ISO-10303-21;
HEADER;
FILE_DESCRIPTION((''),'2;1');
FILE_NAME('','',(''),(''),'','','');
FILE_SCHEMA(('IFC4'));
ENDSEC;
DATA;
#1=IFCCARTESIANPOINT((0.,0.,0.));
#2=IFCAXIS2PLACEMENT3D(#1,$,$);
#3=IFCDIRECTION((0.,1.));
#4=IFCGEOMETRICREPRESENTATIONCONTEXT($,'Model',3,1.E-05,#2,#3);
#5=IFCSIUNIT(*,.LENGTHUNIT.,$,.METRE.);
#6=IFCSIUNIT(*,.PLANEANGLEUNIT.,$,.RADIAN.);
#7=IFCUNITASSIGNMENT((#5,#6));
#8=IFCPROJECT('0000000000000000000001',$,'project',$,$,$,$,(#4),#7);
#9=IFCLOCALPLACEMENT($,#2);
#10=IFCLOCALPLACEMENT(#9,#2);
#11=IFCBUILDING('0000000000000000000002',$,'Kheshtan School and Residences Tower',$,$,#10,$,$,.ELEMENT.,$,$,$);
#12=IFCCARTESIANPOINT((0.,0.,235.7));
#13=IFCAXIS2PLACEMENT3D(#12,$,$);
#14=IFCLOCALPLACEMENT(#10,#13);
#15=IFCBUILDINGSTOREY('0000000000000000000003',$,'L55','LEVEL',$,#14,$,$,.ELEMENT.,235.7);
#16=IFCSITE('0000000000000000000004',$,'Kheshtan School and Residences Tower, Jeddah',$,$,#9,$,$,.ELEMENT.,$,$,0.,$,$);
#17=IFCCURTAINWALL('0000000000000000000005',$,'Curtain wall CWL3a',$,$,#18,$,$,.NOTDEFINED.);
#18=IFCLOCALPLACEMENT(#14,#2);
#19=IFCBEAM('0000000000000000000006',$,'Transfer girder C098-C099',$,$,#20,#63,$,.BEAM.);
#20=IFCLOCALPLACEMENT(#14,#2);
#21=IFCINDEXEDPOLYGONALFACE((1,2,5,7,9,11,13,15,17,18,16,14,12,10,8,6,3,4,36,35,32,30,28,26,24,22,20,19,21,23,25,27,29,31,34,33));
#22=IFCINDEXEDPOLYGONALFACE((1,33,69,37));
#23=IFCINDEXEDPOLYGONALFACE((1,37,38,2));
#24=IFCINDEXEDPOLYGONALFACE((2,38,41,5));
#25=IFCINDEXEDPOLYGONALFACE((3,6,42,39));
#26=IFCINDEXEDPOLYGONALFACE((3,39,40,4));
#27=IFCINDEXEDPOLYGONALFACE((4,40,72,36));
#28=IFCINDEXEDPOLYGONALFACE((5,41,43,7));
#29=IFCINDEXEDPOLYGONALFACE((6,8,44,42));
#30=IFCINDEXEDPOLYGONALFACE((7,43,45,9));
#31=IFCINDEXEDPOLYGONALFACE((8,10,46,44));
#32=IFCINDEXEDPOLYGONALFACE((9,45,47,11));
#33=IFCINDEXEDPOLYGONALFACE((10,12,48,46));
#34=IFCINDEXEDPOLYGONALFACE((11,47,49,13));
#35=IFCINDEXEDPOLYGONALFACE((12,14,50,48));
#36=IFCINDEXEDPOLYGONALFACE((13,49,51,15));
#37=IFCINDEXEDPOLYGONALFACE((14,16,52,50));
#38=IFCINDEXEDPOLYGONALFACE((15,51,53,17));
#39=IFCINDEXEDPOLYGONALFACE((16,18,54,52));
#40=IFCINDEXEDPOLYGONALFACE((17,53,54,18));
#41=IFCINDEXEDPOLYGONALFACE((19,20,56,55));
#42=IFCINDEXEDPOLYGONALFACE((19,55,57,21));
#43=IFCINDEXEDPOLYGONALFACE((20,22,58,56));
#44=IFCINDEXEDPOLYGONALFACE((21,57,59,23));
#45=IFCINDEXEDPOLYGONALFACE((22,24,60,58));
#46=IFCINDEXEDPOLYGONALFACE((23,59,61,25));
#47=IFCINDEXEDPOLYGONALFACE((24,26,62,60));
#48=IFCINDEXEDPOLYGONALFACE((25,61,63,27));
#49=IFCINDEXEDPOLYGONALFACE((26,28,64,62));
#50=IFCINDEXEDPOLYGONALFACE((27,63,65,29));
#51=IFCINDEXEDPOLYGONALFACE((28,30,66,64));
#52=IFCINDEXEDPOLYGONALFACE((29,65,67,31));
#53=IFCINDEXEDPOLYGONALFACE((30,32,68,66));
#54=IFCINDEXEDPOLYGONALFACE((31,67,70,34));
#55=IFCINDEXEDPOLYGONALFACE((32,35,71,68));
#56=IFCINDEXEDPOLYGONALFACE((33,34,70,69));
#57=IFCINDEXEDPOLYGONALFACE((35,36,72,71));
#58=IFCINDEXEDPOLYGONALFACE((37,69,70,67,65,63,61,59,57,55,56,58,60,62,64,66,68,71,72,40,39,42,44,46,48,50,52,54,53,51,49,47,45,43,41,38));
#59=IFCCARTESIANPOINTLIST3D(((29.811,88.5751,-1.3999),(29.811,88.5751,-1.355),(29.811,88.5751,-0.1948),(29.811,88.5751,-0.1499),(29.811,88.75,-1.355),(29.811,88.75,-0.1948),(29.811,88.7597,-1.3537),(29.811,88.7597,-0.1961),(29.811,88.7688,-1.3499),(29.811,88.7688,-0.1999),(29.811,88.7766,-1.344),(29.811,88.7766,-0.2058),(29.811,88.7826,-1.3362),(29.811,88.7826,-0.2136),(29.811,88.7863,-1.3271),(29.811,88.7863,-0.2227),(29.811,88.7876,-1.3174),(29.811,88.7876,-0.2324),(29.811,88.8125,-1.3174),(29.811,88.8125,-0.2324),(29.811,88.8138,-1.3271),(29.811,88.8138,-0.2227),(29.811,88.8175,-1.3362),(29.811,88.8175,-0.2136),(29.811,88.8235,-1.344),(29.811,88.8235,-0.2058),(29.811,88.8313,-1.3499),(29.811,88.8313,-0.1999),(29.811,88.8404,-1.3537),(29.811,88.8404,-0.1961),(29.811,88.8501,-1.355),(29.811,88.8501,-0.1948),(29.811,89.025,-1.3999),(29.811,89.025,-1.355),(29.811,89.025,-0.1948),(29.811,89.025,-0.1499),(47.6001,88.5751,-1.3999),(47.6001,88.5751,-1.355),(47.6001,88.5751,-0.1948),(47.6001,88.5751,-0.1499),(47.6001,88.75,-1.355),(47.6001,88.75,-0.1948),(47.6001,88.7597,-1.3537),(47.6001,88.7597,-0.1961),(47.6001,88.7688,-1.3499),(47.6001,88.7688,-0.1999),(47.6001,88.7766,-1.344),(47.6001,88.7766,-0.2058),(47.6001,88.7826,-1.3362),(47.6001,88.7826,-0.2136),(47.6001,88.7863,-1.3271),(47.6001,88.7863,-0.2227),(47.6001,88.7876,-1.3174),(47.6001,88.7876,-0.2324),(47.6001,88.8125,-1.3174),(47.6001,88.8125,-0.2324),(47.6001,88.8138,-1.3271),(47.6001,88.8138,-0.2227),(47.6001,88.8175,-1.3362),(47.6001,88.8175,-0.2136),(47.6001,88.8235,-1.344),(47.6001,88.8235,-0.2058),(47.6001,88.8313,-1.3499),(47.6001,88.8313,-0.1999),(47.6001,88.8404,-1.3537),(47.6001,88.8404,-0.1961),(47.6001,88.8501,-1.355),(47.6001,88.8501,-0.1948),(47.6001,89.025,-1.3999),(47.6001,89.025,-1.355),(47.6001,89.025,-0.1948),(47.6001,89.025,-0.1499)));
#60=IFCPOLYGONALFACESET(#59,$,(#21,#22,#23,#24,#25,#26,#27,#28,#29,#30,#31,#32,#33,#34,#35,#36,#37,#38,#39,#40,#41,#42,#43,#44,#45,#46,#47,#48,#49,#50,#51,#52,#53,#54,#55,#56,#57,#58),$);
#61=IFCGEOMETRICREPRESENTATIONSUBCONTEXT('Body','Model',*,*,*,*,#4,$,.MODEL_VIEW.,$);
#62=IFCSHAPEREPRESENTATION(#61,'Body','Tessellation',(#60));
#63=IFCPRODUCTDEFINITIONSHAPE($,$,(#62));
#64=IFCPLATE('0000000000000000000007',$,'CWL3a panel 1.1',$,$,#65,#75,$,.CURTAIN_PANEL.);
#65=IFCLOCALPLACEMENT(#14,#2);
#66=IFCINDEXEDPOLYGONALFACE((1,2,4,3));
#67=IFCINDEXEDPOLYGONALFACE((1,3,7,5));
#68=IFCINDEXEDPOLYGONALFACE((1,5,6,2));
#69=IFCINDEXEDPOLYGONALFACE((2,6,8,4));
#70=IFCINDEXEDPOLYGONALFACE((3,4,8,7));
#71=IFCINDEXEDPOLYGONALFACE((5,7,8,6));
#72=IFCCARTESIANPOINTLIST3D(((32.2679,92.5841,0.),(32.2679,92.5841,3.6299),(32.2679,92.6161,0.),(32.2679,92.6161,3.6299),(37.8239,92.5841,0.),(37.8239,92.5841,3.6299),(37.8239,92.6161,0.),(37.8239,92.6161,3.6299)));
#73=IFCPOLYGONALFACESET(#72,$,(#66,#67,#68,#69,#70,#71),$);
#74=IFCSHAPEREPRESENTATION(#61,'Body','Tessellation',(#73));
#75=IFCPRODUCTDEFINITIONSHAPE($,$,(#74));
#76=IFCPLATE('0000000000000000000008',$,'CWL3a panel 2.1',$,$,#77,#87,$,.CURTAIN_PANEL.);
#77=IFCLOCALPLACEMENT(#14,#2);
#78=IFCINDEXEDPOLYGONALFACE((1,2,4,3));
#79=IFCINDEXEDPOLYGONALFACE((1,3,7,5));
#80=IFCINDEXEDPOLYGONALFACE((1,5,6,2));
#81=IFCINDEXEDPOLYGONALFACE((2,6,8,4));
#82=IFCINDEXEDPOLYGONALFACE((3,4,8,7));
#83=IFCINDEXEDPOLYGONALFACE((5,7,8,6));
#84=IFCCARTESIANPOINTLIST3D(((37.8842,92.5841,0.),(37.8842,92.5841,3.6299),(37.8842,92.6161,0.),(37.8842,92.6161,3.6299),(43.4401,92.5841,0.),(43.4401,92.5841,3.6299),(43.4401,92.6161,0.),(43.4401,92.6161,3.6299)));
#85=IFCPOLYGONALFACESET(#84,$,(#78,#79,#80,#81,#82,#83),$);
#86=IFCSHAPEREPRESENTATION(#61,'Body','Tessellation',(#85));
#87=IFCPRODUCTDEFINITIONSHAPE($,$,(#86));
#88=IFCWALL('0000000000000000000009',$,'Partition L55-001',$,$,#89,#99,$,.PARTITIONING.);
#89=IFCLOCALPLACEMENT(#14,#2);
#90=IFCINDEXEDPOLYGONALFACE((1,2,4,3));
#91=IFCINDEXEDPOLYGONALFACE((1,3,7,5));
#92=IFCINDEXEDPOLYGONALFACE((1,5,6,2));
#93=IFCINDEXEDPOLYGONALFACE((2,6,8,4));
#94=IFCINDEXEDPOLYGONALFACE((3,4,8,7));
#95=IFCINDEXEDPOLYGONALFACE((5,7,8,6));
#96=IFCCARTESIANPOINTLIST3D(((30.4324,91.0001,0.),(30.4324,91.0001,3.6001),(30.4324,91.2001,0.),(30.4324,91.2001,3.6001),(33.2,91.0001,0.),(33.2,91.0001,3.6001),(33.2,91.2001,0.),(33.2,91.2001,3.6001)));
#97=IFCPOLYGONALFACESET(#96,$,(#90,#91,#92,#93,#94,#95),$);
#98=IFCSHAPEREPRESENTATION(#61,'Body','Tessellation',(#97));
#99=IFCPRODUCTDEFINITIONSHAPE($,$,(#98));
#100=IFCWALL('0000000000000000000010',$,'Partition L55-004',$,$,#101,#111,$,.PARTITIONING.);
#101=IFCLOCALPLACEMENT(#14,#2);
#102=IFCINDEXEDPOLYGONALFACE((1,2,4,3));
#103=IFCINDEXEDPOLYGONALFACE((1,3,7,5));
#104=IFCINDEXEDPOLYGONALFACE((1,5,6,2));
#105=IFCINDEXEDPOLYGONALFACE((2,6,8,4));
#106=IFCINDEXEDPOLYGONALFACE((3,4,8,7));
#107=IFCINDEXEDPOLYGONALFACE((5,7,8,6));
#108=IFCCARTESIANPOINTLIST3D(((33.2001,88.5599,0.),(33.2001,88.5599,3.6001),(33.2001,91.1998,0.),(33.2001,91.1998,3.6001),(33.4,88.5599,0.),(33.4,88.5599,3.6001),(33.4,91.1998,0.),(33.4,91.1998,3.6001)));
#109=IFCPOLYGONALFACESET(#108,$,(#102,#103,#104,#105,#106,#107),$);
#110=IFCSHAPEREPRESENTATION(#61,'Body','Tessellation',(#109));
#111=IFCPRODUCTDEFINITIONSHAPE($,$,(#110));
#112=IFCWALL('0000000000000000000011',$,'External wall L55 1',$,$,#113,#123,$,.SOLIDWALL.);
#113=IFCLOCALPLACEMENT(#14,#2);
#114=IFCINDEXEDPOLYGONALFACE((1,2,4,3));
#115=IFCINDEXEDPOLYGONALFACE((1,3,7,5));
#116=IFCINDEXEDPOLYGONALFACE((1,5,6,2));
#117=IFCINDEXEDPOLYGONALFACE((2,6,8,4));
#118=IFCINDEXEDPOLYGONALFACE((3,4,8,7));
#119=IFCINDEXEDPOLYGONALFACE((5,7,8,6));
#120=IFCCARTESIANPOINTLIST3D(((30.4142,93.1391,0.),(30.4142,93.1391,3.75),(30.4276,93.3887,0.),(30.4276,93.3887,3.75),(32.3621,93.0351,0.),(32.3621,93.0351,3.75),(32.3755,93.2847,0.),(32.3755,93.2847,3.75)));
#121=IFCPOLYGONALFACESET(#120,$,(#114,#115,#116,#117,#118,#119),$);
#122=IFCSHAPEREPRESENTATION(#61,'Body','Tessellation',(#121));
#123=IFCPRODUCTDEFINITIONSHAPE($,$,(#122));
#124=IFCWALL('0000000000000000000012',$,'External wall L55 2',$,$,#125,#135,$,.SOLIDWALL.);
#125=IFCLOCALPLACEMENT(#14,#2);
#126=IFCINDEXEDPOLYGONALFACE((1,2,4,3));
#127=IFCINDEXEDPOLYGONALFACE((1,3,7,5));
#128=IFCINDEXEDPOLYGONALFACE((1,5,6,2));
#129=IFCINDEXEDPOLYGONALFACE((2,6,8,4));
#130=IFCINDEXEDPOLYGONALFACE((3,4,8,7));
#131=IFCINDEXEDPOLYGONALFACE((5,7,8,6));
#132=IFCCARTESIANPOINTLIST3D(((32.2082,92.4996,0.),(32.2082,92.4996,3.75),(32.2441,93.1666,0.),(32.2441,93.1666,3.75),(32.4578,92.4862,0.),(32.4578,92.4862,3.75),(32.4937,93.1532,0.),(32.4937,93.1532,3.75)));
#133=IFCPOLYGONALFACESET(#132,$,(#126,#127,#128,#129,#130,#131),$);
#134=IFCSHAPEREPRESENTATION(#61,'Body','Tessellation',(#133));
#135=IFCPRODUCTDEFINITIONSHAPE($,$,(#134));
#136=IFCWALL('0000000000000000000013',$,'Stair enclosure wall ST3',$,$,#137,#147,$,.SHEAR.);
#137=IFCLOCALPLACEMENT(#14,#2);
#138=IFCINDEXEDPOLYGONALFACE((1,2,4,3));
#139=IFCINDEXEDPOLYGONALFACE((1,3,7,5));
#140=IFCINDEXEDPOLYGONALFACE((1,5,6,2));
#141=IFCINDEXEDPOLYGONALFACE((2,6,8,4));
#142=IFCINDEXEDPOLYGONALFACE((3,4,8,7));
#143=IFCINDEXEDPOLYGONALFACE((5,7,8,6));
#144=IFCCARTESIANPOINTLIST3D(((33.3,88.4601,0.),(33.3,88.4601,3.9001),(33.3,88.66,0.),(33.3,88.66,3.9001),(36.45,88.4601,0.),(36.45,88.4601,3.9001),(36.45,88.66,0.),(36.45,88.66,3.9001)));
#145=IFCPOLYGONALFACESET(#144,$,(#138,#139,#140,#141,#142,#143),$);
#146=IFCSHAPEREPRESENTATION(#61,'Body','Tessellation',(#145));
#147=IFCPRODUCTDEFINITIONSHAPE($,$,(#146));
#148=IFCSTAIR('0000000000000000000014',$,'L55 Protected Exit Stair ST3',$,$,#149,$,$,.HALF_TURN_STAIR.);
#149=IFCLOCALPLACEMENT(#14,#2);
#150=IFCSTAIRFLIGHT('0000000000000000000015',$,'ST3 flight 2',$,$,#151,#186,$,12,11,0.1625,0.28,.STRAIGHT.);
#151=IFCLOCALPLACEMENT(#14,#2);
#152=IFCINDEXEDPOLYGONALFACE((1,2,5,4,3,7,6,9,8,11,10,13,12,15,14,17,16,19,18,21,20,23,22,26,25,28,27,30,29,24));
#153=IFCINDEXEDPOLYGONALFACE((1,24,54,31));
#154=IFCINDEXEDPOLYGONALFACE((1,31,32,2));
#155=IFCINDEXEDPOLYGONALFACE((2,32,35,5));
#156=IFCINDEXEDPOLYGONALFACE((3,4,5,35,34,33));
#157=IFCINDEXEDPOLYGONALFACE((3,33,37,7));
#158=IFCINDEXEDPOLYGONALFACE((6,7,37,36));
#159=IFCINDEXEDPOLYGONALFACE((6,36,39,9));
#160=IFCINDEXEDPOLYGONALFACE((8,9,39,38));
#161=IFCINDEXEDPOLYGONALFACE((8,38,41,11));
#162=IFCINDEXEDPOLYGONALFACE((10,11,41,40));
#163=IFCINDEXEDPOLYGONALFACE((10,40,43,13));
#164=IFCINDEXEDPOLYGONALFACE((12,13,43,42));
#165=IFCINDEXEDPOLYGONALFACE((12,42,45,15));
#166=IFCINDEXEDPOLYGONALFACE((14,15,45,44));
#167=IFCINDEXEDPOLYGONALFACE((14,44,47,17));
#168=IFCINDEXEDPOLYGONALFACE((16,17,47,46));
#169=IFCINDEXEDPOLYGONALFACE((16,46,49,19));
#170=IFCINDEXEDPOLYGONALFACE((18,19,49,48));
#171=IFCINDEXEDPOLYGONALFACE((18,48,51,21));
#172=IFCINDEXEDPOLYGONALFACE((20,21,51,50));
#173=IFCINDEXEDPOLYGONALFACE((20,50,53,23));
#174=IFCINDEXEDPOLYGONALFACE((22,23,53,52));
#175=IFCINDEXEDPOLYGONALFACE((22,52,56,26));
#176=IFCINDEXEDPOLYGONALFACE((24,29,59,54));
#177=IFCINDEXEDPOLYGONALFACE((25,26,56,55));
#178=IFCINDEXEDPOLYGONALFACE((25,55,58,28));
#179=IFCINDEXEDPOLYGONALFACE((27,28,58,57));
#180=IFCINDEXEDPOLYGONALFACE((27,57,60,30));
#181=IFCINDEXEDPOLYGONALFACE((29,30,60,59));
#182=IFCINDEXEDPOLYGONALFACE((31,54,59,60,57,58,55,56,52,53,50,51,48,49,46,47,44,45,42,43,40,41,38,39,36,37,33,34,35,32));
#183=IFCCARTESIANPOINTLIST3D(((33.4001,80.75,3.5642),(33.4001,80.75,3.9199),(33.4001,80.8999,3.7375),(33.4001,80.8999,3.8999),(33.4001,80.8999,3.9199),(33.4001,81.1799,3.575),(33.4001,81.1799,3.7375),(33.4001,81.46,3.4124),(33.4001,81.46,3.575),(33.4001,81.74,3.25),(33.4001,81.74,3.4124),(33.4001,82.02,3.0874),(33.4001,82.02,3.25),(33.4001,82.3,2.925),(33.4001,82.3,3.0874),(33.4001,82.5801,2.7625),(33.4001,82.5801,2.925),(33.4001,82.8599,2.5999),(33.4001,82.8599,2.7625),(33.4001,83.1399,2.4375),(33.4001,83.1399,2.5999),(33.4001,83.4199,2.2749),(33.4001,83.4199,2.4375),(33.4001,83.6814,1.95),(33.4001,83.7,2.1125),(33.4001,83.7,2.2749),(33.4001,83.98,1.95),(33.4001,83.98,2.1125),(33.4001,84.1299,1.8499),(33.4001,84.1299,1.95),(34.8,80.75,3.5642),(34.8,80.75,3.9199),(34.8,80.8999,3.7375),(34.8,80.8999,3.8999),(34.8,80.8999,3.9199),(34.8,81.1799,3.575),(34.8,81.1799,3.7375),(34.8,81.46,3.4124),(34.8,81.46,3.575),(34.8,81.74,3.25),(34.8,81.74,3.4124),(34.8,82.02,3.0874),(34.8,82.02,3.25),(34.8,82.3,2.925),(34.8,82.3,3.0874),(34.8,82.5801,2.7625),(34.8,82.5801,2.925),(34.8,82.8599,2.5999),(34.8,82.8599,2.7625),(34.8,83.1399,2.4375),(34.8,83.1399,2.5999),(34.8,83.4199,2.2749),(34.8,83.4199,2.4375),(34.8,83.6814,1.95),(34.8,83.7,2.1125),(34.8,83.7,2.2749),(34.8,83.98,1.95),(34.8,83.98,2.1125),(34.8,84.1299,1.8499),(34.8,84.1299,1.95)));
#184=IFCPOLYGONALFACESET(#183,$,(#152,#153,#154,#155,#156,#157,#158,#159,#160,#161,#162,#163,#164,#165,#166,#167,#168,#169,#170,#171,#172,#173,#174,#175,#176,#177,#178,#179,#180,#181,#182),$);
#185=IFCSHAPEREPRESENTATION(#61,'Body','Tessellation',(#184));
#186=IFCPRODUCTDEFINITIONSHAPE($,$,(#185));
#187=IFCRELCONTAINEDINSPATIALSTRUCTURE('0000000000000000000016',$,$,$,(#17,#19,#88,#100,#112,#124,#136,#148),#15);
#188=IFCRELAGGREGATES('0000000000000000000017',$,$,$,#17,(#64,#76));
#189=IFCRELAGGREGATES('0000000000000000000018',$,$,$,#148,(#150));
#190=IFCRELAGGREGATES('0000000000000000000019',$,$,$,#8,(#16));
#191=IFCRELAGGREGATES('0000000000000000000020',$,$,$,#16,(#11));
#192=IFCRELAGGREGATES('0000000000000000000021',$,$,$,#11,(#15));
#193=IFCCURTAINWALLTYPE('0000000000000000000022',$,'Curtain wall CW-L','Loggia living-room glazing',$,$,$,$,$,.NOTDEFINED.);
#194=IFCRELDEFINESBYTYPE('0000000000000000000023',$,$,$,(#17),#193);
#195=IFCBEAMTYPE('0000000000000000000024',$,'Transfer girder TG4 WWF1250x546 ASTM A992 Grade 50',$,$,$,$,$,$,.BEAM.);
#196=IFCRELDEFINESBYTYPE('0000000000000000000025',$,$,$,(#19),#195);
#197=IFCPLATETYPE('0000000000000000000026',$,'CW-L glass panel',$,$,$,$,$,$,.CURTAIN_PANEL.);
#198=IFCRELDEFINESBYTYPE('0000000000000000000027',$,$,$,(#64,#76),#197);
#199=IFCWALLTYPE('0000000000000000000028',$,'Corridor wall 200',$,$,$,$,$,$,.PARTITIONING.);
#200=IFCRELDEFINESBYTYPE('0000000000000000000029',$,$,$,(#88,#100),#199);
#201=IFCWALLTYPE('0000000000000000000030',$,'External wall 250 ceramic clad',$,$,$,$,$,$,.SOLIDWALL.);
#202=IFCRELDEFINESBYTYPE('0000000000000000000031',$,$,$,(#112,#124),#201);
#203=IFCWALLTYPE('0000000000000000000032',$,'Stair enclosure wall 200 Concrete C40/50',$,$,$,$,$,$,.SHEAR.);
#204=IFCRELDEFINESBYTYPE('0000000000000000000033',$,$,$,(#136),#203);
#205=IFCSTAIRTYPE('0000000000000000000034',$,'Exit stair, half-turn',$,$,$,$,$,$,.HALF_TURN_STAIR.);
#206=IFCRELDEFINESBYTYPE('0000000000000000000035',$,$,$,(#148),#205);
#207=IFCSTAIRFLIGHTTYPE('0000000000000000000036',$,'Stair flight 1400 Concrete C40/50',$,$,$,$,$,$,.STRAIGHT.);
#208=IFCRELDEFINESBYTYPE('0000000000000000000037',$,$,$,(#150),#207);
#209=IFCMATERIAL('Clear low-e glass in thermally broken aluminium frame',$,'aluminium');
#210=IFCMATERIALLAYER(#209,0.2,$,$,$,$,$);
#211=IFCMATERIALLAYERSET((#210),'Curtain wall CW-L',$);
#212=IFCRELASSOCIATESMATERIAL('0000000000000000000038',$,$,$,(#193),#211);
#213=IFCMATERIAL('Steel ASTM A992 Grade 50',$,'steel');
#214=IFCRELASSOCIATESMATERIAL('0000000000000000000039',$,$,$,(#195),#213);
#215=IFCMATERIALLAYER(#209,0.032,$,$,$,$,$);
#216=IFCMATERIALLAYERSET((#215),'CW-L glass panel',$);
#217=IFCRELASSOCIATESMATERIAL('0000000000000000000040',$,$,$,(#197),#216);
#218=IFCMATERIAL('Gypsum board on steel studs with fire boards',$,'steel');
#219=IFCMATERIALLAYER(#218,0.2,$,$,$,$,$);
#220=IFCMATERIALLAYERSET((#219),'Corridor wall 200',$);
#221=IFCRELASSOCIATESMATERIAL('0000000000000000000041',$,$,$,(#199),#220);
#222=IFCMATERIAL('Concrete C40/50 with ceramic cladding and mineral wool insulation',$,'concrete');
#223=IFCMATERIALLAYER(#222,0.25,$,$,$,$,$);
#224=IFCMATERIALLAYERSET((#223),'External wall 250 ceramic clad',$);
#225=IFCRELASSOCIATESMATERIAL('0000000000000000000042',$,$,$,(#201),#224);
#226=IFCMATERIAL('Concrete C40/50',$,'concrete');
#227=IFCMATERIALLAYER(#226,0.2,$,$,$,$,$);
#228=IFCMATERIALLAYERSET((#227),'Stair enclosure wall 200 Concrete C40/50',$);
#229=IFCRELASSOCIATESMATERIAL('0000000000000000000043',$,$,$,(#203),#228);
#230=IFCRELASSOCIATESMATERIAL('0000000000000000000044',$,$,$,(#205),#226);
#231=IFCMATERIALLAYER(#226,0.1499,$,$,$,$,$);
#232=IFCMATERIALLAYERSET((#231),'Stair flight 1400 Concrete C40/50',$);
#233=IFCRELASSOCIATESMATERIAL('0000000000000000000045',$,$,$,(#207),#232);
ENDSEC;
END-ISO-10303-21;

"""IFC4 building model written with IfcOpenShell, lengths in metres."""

from ifc_helpers import new_model, si_unit, direction, frame, frame_2d, origin, origin_2d, place, context, subcontext, project, spatial, polyline, rectangle, i_section, outline, extrude, material, layer, layer_set, material_profile, profile_set, type_object, element, aggregate, save


model = new_model("IFC4")

# Units and contexts
model_context = context("Model", 3, precision=1e-05, world=origin(), true_north=direction((0.0, 1.0)))
body_context = subcontext(model_context, "Body", "Model", "MODEL_VIEW")
ifc_project = project(units=[si_unit("LENGTHUNIT", "METRE"), si_unit("PLANEANGLEUNIT", "RADIAN")], contexts=[model_context])

# Site, building, storey
site_placement = place(None, origin())
site = spatial("IfcSite", under=ifc_project, at=site_placement, Name="Kheshtan School and Residences Tower, Jeddah", CompositionType="ELEMENT", RefElevation=0.0)
building_placement = place(site_placement, origin())
building = spatial("IfcBuilding", under=site, at=building_placement, Name="Kheshtan School and Residences Tower", CompositionType="ELEMENT")
storey_placement = place(building_placement, frame((0.0, 0.0, 235.7)))
storey = spatial("IfcBuildingStorey", under=building, at=storey_placement, Name="L55", Description="LEVEL", CompositionType="ELEMENT", Elevation=235.7)

# Shared definitions
ifc_material_1 = material(Name="Steel ASTM A992 Grade 50", Category="steel")

# Curtain wall
ifc_material_2 = material(Name="Clear low-e glass in thermally broken aluminium frame", Category="aluminium")
ifc_layer_1 = layer(ifc_material_2, 0.2)
ifc_layer_set_1 = layer_set([ifc_layer_1], Name="Curtain wall CW-L")
curtain_wall_type = type_object("IfcCurtainWallType", Name="Curtain wall CW-L", Description="Loggia living-room glazing", PredefinedType="NOTDEFINED", material=ifc_layer_set_1)
curtain_wall_placement = place(storey_placement, origin())
curtain_wall = element("IfcCurtainWall", 1, at=curtain_wall_placement, inside=storey, type_object=curtain_wall_type, Name="Curtain wall CWL3a", PredefinedType="NOTDEFINED")

# Beam
ifc_material_profile_1 = material_profile(ifc_material_1, i_section(OverallWidth=0.45, OverallDepth=1.25, WebThickness=0.0249, FlangeThickness=0.0449, FilletRadius=0.0376, at=origin_2d()), Name="WWF1250x546")
ifc_profile_set_1 = profile_set([ifc_material_profile_1], Name="Steel ASTM A992 Grade 50")
beam_type_1 = type_object("IfcBeamType", Name="Transfer girder TG4 WWF1250x546 ASTM A992 Grade 50", PredefinedType="BEAM", material=ifc_profile_set_1)
beam_1_placement = place(storey_placement, frame((29.811, 88.8, -0.7749), z_axis=(1.0, 0.0, 0.0), x_axis=(0.0, 1.0, 0.0)))
element("IfcBeam", 2, at=beam_1_placement, inside=storey, type_object=beam_type_1, Name="Transfer girder C098-C099", PredefinedType="BEAM", context=body_context, shape_type="SweptSolid", body=[
    extrude(i_section(OverallWidth=0.45, OverallDepth=1.25, WebThickness=0.0249, FlangeThickness=0.0449, FilletRadius=0.0376, at=origin_2d()), origin(), (0.0, 0.0, 1.0), 17.7891),
])

# Plates
ifc_layer_2 = layer(ifc_material_2, 0.032)
ifc_layer_set_2 = layer_set([ifc_layer_2], Name="CW-L glass panel")
plate_type = type_object("IfcPlateType", Name="CW-L glass panel", PredefinedType="CURTAIN_PANEL", material=ifc_layer_set_2)
plate_1_placement = place(storey_placement, frame((35.0459, 92.6001, 0.0), z_axis=(0.0, 0.0, 1.0), x_axis=(1.0, 0.0, 0.0)))
plate_1 = element("IfcPlate", 3, at=plate_1_placement, type_object=plate_type, Name="CWL3a panel 1.1", PredefinedType="CURTAIN_PANEL", context=body_context, shape_type="SweptSolid", body=[
    extrude(rectangle(XDim=5.5559, YDim=0.032, at=origin_2d()), origin(), (0.0, 0.0, 1.0), 3.6299),
])
plate_2_placement = place(storey_placement, frame((40.6621, 92.6001, 0.0), z_axis=(0.0, 0.0, 1.0), x_axis=(1.0, 0.0, 0.0)))
plate_2 = element("IfcPlate", 4, at=plate_2_placement, type_object=plate_type, Name="CWL3a panel 2.1", PredefinedType="CURTAIN_PANEL", context=body_context, shape_type="SweptSolid", body=[
    extrude(rectangle(XDim=5.5559, YDim=0.032, at=origin_2d()), origin(), (0.0, 0.0, 1.0), 3.6299),
])
aggregate(curtain_wall, [plate_1, plate_2])

# Walls
ifc_material_3 = material(Name="Gypsum board on steel studs with fire boards", Category="steel")
ifc_layer_3 = layer(ifc_material_3, 0.2)
ifc_layer_set_3 = layer_set([ifc_layer_3], Name="Corridor wall 200")
wall_type_1 = type_object("IfcWallType", Name="Corridor wall 200", PredefinedType="PARTITIONING", material=ifc_layer_set_3)
wall_1_placement = place(storey_placement, frame((30.4324, 91.1001, 0.0), z_axis=(0.0, 0.0, 1.0), x_axis=(1.0, 0.0, 0.0)))
element("IfcWall", 5, at=wall_1_placement, inside=storey, type_object=wall_type_1, Name="Partition L55-001", PredefinedType="PARTITIONING", context=body_context, shape_type="SweptSolid", body=[
    extrude(rectangle(XDim=2.7676, YDim=0.2, at=frame_2d((1.3838, 0.0))), origin(), (0.0, 0.0, 1.0), 3.6001),
])
wall_2_placement = place(storey_placement, frame((33.3, 88.5601, 0.0), z_axis=(0.0, 0.0, 1.0), x_axis=(0.0, 1.0, 0.0)))
element("IfcWall", 6, at=wall_2_placement, inside=storey, type_object=wall_type_1, Name="Partition L55-004", PredefinedType="PARTITIONING", context=body_context, shape_type="SweptSolid", body=[
    extrude(rectangle(XDim=2.6399, YDim=0.2, at=frame_2d((1.3198, 0.0))), origin(), (0.0, 0.0, 1.0), 3.6001),
])
ifc_material_4 = material(Name="Concrete C40/50 with ceramic cladding and mineral wool insulation", Category="concrete")
ifc_layer_4 = layer(ifc_material_4, 0.25)
ifc_layer_set_4 = layer_set([ifc_layer_4], Name="External wall 250 ceramic clad")
wall_type_2 = type_object("IfcWallType", Name="External wall 250 ceramic clad", PredefinedType="SOLIDWALL", material=ifc_layer_set_4)
wall_3_placement = place(storey_placement, frame((30.4209, 93.2639, 0.0), z_axis=(0.0, 0.0, 1.0), x_axis=(0.998578, -0.053314, 0.0)))
element("IfcWall", 7, at=wall_3_placement, inside=storey, type_object=wall_type_2, Name="External wall L55 1", PredefinedType="SOLIDWALL", context=body_context, shape_type="SweptSolid", body=[
    extrude(rectangle(XDim=1.9507, YDim=0.25, at=frame_2d((0.9753, 0.0))), origin(), (0.0, 0.0, 1.0), 3.75),
])
wall_4_placement = place(storey_placement, frame((32.3689, 93.1599, 0.0), z_axis=(0.0, 0.0, 1.0), x_axis=(-0.053729, -0.998556, 0.0)))
element("IfcWall", 8, at=wall_4_placement, inside=storey, type_object=wall_type_2, Name="External wall L55 2", PredefinedType="SOLIDWALL", context=body_context, shape_type="SweptSolid", body=[
    extrude(rectangle(XDim=0.668, YDim=0.25, at=frame_2d((0.334, 0.0))), origin(), (0.0, 0.0, 1.0), 3.75),
])

# Wall
ifc_material_5 = material(Name="Concrete C40/50", Category="concrete")
ifc_layer_5 = layer(ifc_material_5, 0.2)
ifc_layer_set_5 = layer_set([ifc_layer_5], Name="Stair enclosure wall 200 Concrete C40/50")
wall_type_3 = type_object("IfcWallType", Name="Stair enclosure wall 200 Concrete C40/50", PredefinedType="SHEAR", material=ifc_layer_set_5)
wall_5_placement = place(storey_placement, frame((33.3, 88.5601, 0.0), z_axis=(0.0, 0.0, 1.0), x_axis=(1.0, 0.0, 0.0)))
element("IfcWall", 9, at=wall_5_placement, inside=storey, type_object=wall_type_3, Name="Stair enclosure wall ST3", PredefinedType="SHEAR", context=body_context, shape_type="SweptSolid", body=[
    extrude(rectangle(XDim=3.1499, YDim=0.2, at=frame_2d((1.575, 0.0))), origin(), (0.0, 0.0, 1.0), 3.9001),
])

# Stair, stair flight
stair_type = type_object("IfcStairType", Name="Exit stair, half-turn", PredefinedType="HALF_TURN_STAIR", material=ifc_material_5)
stair_placement = place(storey_placement, origin())
stair = element("IfcStair", 10, at=stair_placement, inside=storey, type_object=stair_type, Name="L55 Protected Exit Stair ST3", PredefinedType="HALF_TURN_STAIR")
ifc_layer_6 = layer(ifc_material_5, 0.1499)
ifc_layer_set_6 = layer_set([ifc_layer_6], Name="Stair flight 1400 Concrete C40/50")
stair_flight_type = type_object("IfcStairFlightType", Name="Stair flight 1400 Concrete C40/50", PredefinedType="STRAIGHT", material=ifc_layer_set_6)
stair_flight_placement = place(storey_placement, frame((34.1001, 83.98, 1.95), z_axis=(0.0, 0.0, 1.0), x_axis=(0.0, -1.0, 0.0)))
stair_flight = element("IfcStairFlight", 11, at=stair_flight_placement, type_object=stair_flight_type, Name="ST3 flight 2", NumberOfRisers=12, NumberOfTreads=11, PredefinedType="STRAIGHT", RiserHeight=0.1625, TreadLength=0.28, context=body_context, shape_type="SweptSolid", body=[
    extrude(outline(polyline([(-0.1499, -0.1001), (-0.1499, 0.0), (0.0, 0.0), (0.0, 0.1626), (0.28, 0.1626), (0.28, 0.325), (0.5601, 0.325), (0.5601, 0.4875), (0.8401, 0.4875), (0.8401, 0.6499), (1.1201, 0.6499), (1.1201, 0.8125), (1.3999, 0.8125), (1.3999, 0.9751), (1.6799, 0.9751), (1.6799, 1.1375), (1.96, 1.1375), (1.96, 1.3), (2.24, 1.3), (2.24, 1.4624), (2.52, 1.4624), (2.52, 1.625), (2.8, 1.625), (2.8, 1.7876), (3.0801, 1.7876), (3.0801, 1.95), (3.0801, 1.97), (3.23, 1.97), (3.23, 1.6143), (0.2986, 0.0), (-0.1499, -0.1001)])), frame((0.0, 0.7, 0.0), z_axis=(0.0, -1.0, 0.0), x_axis=(1.0, 0.0, 0.0)), (0.0, 0.0, 1.0), 1.3999),
])
aggregate(stair, [stair_flight])

save(model, "model.ifc")
